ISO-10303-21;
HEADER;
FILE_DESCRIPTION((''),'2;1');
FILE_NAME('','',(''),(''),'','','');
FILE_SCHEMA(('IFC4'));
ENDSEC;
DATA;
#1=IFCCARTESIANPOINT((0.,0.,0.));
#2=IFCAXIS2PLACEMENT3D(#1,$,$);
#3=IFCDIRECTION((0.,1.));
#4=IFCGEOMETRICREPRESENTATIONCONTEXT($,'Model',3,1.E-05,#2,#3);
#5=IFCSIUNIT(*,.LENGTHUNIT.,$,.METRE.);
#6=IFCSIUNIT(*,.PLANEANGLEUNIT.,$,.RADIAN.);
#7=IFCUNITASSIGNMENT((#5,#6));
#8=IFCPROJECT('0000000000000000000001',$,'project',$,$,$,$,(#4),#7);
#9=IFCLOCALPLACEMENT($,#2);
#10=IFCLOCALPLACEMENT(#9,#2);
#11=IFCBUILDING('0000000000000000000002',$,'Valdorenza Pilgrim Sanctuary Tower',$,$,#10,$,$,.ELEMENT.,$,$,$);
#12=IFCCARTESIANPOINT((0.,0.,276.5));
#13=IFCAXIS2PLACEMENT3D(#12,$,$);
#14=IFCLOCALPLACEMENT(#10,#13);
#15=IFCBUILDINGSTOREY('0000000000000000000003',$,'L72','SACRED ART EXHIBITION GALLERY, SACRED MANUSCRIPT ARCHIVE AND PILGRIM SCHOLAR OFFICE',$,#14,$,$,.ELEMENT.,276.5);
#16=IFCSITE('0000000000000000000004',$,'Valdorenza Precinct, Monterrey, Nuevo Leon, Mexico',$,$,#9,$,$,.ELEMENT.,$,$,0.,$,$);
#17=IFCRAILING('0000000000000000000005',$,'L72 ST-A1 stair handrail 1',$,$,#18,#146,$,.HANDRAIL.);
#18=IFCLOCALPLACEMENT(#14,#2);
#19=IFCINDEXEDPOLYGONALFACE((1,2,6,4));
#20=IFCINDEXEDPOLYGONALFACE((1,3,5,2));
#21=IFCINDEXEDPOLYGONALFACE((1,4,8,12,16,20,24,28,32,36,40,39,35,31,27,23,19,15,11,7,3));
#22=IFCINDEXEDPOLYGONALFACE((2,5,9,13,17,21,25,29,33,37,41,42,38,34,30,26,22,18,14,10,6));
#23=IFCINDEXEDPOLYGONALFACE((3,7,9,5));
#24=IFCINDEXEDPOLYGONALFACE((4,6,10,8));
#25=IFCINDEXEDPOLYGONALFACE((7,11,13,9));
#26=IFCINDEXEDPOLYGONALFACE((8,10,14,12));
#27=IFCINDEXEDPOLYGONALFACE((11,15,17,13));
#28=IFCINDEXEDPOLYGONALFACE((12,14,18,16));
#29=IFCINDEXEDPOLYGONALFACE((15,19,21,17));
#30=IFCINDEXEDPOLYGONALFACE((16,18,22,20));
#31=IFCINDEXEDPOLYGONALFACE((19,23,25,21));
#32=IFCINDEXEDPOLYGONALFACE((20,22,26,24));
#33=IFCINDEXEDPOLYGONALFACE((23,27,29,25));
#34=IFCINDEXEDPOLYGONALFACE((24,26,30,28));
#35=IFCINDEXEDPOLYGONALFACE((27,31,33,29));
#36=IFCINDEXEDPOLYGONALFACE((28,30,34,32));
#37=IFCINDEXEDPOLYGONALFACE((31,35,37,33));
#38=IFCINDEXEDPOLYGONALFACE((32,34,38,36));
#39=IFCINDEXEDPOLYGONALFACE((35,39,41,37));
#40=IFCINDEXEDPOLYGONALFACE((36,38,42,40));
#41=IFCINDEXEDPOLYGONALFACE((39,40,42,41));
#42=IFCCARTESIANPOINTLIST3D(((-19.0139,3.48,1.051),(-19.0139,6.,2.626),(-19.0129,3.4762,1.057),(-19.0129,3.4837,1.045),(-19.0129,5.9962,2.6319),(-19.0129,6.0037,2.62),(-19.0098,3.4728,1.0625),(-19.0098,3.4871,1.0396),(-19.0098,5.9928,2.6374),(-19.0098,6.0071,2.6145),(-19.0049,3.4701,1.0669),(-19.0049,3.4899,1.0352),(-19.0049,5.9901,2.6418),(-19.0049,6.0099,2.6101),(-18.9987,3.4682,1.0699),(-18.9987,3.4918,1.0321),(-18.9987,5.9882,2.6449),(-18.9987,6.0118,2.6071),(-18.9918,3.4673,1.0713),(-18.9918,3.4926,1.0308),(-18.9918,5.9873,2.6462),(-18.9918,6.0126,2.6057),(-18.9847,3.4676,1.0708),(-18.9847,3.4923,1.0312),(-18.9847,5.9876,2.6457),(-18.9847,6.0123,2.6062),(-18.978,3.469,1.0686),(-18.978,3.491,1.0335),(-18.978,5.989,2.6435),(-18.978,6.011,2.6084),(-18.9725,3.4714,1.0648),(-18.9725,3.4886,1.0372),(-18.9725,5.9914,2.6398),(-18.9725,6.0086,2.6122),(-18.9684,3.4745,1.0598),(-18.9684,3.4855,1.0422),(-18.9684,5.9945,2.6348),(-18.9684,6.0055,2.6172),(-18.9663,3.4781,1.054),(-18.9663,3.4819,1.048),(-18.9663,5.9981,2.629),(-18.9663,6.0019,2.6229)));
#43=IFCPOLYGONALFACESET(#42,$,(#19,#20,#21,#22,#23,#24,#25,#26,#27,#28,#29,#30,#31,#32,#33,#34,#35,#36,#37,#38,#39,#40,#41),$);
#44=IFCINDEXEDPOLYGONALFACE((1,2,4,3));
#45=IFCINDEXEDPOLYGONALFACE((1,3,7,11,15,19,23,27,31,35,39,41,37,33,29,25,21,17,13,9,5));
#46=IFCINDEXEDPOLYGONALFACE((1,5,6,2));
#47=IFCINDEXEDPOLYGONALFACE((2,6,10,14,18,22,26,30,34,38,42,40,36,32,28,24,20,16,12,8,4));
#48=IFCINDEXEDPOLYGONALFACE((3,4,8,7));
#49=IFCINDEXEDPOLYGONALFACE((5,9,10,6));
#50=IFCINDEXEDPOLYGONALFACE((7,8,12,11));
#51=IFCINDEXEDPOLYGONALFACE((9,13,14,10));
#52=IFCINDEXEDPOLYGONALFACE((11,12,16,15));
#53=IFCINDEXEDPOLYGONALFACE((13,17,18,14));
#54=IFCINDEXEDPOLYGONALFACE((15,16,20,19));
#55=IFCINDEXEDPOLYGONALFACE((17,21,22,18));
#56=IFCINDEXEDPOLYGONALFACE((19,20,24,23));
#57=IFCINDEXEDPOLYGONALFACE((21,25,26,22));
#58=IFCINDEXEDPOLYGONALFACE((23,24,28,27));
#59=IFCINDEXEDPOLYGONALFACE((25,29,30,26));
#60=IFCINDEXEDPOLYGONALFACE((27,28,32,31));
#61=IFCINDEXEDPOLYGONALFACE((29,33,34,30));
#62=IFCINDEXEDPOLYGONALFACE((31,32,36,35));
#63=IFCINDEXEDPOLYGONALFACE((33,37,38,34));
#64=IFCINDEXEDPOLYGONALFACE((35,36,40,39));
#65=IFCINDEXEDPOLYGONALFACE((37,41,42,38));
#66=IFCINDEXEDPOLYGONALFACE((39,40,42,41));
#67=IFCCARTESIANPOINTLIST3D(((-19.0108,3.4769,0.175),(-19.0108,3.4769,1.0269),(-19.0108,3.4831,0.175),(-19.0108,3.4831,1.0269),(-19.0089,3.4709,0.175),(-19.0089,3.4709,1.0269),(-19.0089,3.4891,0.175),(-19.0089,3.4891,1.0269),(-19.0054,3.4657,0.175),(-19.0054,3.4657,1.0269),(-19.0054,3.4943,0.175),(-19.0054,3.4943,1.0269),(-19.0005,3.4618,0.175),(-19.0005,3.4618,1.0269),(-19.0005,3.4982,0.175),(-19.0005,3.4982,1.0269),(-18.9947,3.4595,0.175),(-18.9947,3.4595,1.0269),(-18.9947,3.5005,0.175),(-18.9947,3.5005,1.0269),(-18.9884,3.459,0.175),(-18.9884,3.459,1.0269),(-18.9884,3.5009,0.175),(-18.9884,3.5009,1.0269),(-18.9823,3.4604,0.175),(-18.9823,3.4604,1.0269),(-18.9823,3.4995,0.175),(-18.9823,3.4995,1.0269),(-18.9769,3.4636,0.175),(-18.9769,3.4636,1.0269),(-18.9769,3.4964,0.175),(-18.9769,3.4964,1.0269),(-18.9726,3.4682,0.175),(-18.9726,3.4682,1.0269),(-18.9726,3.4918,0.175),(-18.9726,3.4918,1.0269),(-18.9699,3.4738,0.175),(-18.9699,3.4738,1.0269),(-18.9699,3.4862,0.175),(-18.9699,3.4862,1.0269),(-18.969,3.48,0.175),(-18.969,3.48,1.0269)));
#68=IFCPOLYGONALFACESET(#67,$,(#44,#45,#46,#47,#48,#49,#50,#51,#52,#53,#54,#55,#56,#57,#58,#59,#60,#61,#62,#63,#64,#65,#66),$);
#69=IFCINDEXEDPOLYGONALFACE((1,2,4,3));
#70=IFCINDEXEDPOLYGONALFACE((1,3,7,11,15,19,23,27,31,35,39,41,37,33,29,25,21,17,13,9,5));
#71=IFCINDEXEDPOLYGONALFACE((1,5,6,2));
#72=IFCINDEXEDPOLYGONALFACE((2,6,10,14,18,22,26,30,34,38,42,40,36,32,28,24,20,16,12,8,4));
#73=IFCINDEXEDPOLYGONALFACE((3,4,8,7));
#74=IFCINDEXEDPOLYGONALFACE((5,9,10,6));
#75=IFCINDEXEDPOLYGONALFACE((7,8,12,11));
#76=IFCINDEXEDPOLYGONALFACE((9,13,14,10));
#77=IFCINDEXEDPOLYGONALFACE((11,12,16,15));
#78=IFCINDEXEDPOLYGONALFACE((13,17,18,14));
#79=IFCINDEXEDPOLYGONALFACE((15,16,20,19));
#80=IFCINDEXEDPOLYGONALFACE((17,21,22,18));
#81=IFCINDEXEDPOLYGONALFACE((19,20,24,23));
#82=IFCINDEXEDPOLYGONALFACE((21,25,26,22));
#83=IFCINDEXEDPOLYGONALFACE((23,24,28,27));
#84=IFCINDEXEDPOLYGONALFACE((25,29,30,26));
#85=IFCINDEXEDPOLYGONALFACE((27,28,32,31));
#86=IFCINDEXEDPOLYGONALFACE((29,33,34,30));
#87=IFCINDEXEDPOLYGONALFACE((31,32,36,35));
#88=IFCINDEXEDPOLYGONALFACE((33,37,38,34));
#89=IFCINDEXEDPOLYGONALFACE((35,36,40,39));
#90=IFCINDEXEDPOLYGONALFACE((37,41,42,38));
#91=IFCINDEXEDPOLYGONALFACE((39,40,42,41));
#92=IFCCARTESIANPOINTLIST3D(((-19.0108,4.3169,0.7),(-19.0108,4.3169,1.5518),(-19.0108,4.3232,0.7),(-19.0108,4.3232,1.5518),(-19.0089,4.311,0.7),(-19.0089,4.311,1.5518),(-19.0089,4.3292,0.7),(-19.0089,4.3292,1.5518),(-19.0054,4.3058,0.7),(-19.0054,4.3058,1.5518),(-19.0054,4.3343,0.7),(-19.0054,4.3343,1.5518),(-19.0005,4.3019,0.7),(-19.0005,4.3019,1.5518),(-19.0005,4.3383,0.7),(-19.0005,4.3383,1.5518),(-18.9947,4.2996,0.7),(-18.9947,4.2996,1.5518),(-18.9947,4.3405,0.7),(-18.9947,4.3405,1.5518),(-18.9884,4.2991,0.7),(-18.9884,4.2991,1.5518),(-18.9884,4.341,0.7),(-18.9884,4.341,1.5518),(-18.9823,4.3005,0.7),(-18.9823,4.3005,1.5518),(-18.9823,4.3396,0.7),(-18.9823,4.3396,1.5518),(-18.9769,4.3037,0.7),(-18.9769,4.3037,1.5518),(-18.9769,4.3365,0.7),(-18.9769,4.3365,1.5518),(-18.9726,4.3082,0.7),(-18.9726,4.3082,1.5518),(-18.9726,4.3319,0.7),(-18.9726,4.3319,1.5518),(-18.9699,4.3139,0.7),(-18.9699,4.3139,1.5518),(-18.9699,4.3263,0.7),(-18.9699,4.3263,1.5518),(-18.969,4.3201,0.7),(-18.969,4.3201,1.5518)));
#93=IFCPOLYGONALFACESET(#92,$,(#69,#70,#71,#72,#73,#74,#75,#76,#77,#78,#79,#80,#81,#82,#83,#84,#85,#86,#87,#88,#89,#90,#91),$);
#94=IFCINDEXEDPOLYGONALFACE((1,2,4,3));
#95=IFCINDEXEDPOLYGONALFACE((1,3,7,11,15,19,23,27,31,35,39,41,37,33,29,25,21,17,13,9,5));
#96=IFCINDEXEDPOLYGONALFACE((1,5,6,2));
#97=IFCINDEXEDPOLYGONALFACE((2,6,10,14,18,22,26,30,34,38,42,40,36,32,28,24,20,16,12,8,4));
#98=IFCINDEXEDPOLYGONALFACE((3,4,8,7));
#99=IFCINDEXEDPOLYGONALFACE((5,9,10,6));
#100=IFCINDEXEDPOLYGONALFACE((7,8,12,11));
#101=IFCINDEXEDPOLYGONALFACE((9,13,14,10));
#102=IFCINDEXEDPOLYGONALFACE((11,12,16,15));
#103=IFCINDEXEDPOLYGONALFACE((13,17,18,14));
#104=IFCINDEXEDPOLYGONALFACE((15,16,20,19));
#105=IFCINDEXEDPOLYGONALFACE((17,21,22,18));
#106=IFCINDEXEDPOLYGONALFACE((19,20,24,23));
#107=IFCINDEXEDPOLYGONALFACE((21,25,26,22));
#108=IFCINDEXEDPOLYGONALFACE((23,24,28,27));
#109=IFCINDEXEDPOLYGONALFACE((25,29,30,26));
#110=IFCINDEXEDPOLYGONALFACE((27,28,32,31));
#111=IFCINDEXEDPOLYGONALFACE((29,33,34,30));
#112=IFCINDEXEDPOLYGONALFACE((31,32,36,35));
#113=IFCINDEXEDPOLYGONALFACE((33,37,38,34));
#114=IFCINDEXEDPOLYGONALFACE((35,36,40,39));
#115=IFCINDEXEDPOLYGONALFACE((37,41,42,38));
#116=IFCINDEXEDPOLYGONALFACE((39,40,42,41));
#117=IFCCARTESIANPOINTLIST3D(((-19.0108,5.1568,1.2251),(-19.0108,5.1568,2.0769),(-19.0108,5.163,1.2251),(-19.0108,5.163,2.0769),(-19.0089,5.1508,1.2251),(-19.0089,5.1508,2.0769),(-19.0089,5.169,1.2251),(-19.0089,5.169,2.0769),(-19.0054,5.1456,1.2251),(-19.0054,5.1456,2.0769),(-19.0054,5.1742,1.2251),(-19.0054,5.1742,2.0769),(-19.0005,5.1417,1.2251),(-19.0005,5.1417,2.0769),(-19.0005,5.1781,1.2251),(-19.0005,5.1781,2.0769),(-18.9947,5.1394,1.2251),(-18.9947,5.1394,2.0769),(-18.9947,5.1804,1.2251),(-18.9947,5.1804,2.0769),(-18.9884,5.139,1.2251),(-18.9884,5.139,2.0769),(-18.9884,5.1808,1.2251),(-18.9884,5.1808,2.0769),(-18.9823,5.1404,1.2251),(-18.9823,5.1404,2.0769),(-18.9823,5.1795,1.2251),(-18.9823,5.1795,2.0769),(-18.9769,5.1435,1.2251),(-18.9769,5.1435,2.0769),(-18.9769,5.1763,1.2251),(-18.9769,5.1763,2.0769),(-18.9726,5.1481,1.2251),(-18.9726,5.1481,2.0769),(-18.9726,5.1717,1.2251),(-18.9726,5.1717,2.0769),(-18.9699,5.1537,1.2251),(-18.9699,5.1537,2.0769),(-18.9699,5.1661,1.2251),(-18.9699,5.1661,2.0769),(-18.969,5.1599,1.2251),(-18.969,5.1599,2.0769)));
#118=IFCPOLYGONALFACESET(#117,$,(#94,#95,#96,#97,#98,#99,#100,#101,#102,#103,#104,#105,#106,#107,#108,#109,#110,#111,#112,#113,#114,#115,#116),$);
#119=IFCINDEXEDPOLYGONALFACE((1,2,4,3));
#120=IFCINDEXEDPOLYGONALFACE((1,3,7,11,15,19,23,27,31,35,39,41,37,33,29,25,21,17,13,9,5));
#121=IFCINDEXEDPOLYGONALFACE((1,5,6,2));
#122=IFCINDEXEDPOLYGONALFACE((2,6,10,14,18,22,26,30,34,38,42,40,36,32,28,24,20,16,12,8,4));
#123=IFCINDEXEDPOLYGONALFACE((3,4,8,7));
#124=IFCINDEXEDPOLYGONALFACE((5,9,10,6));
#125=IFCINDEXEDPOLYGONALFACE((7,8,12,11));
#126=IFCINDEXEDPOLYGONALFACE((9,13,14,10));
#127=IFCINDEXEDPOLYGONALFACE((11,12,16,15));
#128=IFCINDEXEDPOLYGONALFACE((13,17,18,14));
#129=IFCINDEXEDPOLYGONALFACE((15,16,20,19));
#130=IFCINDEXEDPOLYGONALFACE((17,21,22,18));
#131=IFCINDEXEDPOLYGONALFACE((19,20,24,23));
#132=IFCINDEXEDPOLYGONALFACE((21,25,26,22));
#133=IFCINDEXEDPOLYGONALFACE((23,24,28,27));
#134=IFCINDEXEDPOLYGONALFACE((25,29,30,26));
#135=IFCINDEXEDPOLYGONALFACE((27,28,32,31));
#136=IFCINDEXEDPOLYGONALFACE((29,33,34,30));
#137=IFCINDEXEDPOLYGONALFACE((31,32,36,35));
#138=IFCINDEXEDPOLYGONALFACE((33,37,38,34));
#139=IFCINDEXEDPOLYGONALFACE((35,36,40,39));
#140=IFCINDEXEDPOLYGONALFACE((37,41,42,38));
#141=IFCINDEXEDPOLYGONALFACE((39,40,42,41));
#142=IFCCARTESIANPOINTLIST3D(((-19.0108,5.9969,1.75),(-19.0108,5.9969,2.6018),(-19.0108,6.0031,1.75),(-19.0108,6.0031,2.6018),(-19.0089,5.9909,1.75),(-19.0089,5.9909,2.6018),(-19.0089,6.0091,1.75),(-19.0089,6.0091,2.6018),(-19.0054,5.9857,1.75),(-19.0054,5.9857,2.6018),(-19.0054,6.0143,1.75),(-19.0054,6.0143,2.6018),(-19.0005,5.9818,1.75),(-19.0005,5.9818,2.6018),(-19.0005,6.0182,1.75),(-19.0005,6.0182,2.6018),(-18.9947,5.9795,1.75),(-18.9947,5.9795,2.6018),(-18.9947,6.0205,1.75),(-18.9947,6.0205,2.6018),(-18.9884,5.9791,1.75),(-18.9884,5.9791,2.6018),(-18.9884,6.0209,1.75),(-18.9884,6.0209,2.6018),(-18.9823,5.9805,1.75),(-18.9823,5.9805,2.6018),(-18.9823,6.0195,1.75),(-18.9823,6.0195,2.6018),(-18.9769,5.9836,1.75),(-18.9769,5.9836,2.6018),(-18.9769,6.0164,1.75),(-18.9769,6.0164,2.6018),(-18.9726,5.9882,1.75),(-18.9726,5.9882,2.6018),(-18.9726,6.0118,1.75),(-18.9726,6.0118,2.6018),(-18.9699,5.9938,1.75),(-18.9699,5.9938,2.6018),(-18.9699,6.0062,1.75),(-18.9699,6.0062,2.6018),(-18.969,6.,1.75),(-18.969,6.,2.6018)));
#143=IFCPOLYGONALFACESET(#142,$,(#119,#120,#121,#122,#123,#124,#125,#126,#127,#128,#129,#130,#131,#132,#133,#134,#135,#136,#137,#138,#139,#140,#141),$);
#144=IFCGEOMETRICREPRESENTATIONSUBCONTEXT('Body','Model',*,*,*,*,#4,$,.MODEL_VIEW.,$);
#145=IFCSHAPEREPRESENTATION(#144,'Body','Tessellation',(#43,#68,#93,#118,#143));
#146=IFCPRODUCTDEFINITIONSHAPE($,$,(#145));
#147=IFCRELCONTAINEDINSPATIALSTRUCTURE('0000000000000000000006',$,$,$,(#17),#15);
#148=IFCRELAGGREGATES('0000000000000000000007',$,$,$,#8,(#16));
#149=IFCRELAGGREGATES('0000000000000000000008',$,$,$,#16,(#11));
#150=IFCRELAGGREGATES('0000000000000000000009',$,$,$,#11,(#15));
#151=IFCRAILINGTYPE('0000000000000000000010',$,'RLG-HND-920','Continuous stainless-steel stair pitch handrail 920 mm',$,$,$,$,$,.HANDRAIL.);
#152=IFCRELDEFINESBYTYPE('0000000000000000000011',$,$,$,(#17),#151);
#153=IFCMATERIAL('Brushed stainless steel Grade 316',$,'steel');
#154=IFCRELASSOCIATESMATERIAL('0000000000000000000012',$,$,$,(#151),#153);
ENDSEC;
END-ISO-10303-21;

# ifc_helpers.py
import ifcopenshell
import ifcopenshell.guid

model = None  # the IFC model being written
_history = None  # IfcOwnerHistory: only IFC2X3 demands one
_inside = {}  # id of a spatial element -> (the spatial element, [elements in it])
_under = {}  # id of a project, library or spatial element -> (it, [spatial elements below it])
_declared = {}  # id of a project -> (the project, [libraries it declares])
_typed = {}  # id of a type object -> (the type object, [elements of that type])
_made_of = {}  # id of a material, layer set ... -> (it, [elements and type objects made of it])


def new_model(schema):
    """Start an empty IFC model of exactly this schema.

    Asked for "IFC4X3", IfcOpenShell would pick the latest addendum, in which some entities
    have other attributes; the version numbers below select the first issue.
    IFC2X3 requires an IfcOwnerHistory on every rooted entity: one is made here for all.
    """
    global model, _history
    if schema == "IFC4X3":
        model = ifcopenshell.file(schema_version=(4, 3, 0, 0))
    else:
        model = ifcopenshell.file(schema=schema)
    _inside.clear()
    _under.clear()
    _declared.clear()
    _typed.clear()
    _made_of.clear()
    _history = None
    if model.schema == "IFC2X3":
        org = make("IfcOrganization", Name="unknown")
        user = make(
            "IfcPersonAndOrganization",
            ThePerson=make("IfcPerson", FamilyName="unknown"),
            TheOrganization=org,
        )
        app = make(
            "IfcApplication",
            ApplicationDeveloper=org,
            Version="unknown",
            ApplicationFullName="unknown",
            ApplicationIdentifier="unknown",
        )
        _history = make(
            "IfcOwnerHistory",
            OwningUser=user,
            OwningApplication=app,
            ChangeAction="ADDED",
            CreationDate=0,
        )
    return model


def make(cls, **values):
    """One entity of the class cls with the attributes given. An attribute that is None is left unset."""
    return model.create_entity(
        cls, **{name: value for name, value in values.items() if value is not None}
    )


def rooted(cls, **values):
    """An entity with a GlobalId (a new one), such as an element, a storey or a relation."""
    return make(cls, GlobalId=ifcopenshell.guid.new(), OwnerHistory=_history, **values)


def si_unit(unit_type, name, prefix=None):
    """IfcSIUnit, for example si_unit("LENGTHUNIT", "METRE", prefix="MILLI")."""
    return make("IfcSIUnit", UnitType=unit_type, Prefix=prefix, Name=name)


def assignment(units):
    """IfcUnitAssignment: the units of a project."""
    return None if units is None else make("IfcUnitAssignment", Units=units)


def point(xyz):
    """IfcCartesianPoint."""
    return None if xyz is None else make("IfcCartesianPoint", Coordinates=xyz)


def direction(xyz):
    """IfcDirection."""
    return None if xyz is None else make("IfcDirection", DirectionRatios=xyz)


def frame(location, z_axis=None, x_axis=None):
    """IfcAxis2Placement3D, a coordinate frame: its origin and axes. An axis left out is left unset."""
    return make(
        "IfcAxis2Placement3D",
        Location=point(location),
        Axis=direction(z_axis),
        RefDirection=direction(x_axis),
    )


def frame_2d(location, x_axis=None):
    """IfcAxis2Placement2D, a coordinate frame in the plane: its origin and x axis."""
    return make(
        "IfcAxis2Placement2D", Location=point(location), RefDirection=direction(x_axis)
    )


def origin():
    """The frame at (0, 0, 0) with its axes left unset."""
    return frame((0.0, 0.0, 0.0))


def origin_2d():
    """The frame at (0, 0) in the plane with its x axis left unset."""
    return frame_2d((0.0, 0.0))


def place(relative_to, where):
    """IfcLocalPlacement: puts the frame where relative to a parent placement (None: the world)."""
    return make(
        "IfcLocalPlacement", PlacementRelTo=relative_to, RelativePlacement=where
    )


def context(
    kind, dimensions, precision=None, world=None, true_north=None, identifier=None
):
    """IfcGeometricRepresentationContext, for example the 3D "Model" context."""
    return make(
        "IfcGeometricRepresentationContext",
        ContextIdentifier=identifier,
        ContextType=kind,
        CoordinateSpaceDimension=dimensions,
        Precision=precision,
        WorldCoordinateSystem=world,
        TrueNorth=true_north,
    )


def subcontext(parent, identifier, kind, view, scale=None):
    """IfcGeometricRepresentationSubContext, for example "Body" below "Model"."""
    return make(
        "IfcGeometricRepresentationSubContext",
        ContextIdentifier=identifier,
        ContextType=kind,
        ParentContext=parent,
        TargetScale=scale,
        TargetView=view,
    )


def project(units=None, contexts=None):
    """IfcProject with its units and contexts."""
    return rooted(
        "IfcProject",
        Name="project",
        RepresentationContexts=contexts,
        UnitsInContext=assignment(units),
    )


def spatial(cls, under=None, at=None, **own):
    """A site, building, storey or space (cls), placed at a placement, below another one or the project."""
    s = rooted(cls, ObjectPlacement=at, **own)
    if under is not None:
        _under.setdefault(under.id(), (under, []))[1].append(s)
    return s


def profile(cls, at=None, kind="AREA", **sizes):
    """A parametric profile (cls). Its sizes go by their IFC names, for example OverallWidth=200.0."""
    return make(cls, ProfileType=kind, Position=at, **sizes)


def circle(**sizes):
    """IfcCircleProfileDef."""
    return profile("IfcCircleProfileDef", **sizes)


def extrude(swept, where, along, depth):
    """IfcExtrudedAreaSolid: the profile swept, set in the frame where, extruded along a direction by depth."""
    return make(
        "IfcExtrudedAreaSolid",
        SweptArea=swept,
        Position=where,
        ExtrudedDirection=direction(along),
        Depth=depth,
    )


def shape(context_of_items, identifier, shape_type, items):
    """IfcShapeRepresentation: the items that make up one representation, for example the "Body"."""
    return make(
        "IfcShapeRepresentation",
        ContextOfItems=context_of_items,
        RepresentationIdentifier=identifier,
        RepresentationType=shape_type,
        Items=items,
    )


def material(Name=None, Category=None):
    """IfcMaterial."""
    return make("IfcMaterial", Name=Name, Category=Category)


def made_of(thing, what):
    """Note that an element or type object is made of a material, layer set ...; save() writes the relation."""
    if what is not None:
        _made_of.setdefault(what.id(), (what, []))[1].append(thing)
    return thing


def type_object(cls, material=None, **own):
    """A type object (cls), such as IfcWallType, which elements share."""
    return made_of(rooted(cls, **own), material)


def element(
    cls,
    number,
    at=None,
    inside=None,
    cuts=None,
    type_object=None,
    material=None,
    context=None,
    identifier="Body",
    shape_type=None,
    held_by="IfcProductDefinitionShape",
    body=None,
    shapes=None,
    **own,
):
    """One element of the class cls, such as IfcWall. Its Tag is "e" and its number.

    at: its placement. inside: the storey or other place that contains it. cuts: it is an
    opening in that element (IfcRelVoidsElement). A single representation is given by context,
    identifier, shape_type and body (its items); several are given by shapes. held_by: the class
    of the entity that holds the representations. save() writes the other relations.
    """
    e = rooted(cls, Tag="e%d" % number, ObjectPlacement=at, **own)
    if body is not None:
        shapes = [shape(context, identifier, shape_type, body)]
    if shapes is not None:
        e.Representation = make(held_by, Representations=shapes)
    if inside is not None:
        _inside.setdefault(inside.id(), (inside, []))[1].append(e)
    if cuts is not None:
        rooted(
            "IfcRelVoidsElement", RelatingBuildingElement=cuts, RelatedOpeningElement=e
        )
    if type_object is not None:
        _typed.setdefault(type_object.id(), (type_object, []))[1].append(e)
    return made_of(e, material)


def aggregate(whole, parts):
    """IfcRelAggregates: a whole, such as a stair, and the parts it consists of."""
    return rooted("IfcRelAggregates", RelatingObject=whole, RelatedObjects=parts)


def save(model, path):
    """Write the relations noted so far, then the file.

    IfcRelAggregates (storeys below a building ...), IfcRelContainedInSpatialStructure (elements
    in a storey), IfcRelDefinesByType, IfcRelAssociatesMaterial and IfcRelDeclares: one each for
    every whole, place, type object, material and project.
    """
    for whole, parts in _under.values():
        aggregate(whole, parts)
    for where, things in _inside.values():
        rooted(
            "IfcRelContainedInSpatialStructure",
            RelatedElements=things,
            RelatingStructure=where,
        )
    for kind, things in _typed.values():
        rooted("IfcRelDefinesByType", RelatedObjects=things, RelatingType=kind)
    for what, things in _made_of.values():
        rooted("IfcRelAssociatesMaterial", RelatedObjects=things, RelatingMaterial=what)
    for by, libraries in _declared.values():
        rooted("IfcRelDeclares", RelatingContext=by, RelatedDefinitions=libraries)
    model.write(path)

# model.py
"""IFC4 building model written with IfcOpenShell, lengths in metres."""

from ifc_helpers import new_model, si_unit, direction, frame, origin, origin_2d, place, context, subcontext, project, spatial, circle, extrude, material, type_object, element, save


model = new_model("IFC4")

# Units and contexts
model_context = context("Model", 3, precision=1e-05, world=origin(), true_north=direction((0.0, 1.0)))
body_context = subcontext(model_context, "Body", "Model", "MODEL_VIEW")
ifc_project = project(units=[si_unit("LENGTHUNIT", "METRE"), si_unit("PLANEANGLEUNIT", "RADIAN")], contexts=[model_context])

# Site, building, storey
site_placement = place(None, origin())
site = spatial("IfcSite", under=ifc_project, at=site_placement, Name="Valdorenza Precinct, Monterrey, Nuevo Leon, Mexico", CompositionType="ELEMENT", RefElevation=0.0)
building_placement = place(site_placement, origin())
building = spatial("IfcBuilding", under=site, at=building_placement, Name="Valdorenza Pilgrim Sanctuary Tower", CompositionType="ELEMENT")
storey_placement = place(building_placement, frame((0.0, 0.0, 276.5)))
storey = spatial("IfcBuildingStorey", under=building, at=storey_placement, Name="L72", Description="SACRED ART EXHIBITION GALLERY, SACRED MANUSCRIPT ARCHIVE AND PILGRIM SCHOLAR OFFICE", CompositionType="ELEMENT", Elevation=276.5)

# Shared definitions
ifc_material_1 = material(Name="Brushed stainless steel Grade 316", Category="steel")

# Railing
railing_type_1 = type_object("IfcRailingType", Name="RLG-HND-920", Description="Continuous stainless-steel stair pitch handrail 920 mm", PredefinedType="HANDRAIL", material=ifc_material_1)
railing_1_placement = place(storey_placement, frame((-18.99, 3.48, 0.175)))
element("IfcRailing", 1, at=railing_1_placement, inside=storey, type_object=railing_type_1, Name="L72 ST-A1 stair handrail 1", PredefinedType="HANDRAIL", context=body_context, shape_type="SweptSolid", body=[
    extrude(circle(Radius=0.0239, at=origin_2d()), frame((0.0, 0.0, 0.876), z_axis=(0.0, 0.848008, 0.529984), x_axis=(-1.0, 0.0, 0.0)), (0.0, 0.0, 1.0), 2.9717),
    extrude(circle(Radius=0.021, at=origin_2d()), origin(), (0.0, 0.0, 1.0), 0.8518),
    extrude(circle(Radius=0.021, at=origin_2d()), frame((0.0, 0.8401, 0.5249)), (0.0, 0.0, 1.0), 0.8518),
    extrude(circle(Radius=0.021, at=origin_2d()), frame((0.0, 1.6799, 1.05)), (0.0, 0.0, 1.0), 0.8518),
    extrude(circle(Radius=0.021, at=origin_2d()), frame((0.0, 2.52, 1.575)), (0.0, 0.0, 1.0), 0.8518),
])

save(model, "model.ifc")
